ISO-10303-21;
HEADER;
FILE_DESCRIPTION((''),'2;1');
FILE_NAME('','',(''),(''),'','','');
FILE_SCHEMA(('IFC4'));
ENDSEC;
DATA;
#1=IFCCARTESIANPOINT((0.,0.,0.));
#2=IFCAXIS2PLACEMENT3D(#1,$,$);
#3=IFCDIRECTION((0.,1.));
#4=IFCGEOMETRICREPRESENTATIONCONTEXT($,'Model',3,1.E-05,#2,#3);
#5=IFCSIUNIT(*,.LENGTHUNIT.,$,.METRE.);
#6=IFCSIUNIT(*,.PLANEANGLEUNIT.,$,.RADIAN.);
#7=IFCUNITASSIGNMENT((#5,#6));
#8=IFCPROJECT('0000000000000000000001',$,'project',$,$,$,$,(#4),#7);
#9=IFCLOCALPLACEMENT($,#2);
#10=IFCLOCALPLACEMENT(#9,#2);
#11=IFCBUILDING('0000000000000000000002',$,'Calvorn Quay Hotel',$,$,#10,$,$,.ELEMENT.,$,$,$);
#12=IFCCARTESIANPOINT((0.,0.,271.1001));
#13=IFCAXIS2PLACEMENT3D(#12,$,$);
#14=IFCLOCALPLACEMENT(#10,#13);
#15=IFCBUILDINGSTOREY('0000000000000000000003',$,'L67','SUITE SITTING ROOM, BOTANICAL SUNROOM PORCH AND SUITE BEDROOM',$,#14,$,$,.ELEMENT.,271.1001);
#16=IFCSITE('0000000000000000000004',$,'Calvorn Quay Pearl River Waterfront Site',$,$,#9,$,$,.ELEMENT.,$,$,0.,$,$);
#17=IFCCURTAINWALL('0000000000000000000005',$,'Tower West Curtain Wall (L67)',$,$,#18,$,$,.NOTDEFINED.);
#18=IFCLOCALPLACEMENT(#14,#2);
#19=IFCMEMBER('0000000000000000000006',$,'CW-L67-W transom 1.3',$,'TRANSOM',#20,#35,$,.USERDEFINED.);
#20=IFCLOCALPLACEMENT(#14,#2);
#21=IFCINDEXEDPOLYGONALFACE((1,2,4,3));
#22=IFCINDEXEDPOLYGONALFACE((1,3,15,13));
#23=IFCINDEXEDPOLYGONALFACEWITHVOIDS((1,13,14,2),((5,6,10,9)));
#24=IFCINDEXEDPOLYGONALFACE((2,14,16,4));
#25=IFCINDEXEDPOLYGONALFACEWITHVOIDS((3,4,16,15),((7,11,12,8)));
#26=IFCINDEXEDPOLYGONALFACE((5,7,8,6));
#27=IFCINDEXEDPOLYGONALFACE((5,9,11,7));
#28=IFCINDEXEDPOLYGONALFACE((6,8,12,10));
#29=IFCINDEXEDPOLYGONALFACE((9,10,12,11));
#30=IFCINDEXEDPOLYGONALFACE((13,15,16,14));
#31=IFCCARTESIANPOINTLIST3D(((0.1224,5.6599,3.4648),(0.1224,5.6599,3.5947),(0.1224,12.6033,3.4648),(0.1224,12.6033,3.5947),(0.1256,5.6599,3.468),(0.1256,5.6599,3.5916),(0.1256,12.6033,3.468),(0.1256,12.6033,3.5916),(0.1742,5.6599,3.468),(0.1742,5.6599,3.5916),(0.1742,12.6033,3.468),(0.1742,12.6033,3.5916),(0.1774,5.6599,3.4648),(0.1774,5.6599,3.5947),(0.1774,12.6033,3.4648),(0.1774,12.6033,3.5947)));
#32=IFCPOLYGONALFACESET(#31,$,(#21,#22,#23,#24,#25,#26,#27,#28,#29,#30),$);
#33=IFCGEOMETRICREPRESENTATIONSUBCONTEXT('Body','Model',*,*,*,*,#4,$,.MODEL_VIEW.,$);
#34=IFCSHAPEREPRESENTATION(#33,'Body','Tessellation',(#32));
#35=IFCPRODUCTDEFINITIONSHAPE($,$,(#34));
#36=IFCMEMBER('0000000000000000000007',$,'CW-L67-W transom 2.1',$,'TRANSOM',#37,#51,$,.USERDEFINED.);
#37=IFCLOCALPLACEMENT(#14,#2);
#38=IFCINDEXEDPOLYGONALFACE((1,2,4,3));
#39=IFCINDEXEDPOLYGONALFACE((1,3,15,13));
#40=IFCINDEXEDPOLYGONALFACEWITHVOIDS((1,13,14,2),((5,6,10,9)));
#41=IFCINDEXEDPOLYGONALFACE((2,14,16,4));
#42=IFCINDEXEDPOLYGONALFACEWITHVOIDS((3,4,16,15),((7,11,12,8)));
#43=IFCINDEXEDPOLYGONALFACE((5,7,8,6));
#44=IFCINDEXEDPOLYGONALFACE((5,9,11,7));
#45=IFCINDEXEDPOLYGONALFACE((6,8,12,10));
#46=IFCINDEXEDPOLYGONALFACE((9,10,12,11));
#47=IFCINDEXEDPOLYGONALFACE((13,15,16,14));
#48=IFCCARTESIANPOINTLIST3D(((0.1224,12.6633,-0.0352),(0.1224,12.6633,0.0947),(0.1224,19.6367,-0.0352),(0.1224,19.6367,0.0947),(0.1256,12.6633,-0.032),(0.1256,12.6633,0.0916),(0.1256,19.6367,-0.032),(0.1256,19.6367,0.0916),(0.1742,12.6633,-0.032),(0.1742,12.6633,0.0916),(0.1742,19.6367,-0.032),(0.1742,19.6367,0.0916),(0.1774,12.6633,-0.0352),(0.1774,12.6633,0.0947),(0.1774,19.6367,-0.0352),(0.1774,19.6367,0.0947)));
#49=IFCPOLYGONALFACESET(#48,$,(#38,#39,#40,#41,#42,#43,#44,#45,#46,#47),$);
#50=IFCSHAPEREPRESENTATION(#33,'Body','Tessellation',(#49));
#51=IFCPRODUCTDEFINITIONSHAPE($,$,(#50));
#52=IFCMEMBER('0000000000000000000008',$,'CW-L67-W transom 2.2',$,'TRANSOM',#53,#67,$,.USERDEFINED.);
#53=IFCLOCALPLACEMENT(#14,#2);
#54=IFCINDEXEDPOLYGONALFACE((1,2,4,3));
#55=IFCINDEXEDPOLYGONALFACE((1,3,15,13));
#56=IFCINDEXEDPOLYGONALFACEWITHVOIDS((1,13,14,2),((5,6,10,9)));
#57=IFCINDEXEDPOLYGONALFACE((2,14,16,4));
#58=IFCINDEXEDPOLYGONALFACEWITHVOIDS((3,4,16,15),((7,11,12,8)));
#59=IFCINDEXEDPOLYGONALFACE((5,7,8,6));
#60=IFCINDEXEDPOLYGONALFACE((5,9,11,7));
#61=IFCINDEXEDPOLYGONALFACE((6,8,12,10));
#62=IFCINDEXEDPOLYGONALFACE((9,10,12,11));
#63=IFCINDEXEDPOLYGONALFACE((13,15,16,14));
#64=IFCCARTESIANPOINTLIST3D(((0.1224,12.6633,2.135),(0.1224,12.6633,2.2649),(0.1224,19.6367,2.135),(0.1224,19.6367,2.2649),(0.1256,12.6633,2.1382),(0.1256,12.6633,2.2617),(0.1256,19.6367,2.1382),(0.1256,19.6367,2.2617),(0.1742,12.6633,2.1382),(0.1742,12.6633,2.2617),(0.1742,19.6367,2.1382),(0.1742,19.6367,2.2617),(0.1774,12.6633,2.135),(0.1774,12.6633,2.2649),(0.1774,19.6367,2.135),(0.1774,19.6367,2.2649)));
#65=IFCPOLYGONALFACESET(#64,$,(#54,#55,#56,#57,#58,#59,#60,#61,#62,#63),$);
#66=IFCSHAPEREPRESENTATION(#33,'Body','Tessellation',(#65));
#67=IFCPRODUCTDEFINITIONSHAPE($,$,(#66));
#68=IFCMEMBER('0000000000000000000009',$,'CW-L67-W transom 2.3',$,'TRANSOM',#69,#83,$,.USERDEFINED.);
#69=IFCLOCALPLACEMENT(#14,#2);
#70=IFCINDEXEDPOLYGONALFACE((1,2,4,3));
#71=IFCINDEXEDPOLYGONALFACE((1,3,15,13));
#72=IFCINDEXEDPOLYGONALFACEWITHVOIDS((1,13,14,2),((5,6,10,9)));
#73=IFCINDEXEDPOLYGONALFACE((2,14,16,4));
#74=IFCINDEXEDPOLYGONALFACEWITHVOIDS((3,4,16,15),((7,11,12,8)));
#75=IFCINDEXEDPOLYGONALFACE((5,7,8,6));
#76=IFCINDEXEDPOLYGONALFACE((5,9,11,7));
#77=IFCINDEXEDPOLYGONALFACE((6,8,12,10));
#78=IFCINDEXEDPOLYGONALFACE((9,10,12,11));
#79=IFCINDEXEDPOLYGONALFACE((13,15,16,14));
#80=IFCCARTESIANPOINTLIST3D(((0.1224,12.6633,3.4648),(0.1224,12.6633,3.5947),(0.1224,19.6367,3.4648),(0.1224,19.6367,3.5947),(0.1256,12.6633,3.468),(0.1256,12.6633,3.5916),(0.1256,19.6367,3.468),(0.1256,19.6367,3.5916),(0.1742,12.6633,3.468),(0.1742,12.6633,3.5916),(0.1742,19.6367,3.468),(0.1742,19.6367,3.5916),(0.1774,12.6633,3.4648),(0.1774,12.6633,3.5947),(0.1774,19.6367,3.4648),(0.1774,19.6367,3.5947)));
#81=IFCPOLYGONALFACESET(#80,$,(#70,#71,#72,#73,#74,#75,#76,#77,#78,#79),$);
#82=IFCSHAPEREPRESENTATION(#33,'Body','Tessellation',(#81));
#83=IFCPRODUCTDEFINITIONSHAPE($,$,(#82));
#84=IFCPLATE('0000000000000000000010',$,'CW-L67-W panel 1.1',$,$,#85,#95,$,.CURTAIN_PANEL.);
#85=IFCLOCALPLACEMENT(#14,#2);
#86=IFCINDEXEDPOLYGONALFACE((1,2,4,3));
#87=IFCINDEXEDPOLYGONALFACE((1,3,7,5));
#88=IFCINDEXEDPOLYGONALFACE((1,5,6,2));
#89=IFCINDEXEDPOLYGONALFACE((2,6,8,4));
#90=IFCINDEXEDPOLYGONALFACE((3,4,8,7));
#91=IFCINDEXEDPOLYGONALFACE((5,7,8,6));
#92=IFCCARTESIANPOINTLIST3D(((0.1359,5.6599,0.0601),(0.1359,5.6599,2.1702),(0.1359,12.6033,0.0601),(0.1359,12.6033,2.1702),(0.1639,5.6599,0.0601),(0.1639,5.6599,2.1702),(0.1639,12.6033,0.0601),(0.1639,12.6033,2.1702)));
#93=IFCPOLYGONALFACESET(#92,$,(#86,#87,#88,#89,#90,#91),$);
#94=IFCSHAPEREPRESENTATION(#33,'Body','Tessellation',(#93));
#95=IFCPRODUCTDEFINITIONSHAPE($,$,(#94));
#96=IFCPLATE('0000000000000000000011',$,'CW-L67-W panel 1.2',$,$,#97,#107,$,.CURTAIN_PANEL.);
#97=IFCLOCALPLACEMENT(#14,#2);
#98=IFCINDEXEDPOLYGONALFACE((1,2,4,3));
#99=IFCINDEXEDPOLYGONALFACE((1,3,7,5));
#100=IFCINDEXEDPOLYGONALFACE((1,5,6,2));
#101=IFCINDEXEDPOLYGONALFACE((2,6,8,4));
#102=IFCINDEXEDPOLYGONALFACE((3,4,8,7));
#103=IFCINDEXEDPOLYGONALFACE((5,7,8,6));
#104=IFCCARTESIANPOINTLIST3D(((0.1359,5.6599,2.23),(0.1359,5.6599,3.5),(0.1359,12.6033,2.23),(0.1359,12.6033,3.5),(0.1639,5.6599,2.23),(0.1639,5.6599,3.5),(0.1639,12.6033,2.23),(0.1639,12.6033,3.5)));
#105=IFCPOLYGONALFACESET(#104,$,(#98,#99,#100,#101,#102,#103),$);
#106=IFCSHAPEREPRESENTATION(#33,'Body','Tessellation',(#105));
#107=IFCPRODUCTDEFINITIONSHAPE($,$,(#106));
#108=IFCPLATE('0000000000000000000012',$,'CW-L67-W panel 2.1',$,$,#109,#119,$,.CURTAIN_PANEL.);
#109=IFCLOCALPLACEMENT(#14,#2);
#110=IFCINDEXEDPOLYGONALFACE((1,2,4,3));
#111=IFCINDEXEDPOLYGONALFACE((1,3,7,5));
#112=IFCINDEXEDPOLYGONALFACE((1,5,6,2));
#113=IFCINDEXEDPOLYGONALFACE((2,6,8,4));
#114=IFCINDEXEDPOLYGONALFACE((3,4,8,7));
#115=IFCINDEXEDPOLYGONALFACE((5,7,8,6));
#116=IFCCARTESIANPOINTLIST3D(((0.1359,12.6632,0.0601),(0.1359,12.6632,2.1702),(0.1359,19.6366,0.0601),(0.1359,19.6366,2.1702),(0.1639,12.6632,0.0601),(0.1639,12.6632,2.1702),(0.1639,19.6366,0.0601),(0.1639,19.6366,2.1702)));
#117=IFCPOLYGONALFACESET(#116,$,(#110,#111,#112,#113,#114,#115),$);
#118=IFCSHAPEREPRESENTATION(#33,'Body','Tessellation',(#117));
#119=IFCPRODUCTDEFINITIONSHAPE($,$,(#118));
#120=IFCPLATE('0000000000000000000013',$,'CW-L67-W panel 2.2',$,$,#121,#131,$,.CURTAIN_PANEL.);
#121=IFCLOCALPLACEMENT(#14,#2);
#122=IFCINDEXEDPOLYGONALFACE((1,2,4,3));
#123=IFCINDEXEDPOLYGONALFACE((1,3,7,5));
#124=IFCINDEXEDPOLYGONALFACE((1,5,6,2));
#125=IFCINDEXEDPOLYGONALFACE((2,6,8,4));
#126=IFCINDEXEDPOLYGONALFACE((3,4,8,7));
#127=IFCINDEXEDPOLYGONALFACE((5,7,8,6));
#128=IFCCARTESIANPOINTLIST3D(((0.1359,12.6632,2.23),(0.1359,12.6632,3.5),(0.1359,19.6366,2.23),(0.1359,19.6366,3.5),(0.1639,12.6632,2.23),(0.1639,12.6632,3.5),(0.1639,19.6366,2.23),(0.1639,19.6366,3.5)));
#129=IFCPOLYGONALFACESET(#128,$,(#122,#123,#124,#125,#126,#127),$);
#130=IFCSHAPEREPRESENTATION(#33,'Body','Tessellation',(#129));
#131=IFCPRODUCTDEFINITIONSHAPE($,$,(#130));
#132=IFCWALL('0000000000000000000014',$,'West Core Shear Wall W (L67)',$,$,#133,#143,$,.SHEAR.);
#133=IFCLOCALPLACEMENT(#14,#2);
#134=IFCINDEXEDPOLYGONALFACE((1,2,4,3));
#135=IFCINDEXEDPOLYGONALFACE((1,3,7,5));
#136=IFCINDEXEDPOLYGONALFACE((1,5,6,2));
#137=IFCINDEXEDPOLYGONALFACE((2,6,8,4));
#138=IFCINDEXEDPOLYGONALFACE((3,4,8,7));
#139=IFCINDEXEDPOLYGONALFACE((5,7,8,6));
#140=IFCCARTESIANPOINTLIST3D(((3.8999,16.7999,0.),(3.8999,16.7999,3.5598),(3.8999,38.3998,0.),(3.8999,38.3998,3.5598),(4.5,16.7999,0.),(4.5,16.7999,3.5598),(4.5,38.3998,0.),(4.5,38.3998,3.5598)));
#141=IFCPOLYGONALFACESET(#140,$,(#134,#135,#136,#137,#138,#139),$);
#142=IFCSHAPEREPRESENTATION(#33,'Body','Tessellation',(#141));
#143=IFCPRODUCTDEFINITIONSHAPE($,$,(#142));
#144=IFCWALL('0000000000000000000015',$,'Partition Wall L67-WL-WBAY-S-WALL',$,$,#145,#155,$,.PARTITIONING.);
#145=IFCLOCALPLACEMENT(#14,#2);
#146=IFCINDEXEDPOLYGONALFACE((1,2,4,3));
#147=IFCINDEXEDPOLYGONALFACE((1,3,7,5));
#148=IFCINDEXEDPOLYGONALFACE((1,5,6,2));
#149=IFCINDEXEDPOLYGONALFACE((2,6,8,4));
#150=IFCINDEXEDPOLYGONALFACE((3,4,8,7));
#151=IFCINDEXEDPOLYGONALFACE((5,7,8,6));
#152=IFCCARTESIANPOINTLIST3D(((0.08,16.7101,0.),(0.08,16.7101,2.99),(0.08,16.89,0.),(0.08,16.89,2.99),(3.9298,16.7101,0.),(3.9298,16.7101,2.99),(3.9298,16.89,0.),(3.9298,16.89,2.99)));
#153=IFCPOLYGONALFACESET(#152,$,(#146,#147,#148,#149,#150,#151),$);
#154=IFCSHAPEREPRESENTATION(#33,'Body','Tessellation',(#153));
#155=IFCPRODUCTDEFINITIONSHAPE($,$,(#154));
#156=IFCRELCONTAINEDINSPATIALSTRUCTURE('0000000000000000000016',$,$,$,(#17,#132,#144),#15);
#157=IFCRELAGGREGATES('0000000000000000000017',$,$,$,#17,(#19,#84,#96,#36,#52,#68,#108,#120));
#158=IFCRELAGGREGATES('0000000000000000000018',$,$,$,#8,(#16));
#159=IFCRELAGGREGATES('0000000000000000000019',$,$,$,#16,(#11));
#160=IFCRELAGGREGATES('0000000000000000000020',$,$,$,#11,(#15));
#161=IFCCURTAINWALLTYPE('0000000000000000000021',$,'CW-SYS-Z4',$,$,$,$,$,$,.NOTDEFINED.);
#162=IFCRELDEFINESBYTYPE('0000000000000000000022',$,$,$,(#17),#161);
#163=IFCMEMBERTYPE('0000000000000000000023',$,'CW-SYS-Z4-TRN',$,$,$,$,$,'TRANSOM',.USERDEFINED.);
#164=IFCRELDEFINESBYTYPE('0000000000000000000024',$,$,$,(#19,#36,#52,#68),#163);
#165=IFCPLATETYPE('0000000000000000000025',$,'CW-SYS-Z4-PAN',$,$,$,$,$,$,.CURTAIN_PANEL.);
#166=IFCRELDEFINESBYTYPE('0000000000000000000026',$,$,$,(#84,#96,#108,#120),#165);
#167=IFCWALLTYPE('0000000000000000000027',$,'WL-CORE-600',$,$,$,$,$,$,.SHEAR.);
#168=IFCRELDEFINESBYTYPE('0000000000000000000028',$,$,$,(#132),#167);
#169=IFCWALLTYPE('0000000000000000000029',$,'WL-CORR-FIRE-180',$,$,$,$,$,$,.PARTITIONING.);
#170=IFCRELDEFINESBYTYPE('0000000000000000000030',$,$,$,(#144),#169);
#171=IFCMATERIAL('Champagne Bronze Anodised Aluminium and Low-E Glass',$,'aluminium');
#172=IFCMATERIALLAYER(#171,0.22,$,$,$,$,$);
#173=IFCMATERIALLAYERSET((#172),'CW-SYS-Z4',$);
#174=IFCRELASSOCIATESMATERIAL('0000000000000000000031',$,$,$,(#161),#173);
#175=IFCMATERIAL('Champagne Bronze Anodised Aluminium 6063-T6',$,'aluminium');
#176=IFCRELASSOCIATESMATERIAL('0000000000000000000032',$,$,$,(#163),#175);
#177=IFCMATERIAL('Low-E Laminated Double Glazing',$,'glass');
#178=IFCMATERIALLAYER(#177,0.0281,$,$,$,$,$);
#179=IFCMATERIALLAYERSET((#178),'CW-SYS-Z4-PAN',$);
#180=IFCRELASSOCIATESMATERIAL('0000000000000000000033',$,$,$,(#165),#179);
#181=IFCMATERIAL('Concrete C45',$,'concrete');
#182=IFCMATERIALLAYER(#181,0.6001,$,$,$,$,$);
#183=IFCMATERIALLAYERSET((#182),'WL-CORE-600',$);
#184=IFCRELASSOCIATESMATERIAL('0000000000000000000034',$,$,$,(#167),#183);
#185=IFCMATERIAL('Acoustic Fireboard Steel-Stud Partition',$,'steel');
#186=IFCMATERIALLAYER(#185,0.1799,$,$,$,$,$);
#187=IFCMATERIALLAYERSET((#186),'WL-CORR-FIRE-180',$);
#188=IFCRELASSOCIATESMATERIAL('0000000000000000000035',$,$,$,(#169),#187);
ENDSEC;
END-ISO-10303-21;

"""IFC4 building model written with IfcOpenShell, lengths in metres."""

from ifc_helpers import new_model, si_unit, direction, frame, frame_2d, origin, origin_2d, place, context, subcontext, project, spatial, rectangle, hollow_rectangle, extrude, material, layer, layer_set, material_profile, profile_set, type_object, element, aggregate, save


model = new_model("IFC4")

# Units and contexts
model_context = context("Model", 3, precision=1e-05, world=origin(), true_north=direction((0.0, 1.0)))
body_context = subcontext(model_context, "Body", "Model", "MODEL_VIEW")
ifc_project = project(units=[si_unit("LENGTHUNIT", "METRE"), si_unit("PLANEANGLEUNIT", "RADIAN")], contexts=[model_context])

# Site, building, storey
site_placement = place(None, origin())
site = spatial("IfcSite", under=ifc_project, at=site_placement, Name="Calvorn Quay Pearl River Waterfront Site", CompositionType="ELEMENT", RefElevation=0.0)
building_placement = place(site_placement, origin())
building = spatial("IfcBuilding", under=site, at=building_placement, Name="Calvorn Quay Hotel", CompositionType="ELEMENT")
storey_placement = place(building_placement, frame((0.0, 0.0, 271.1001)))
storey = spatial("IfcBuildingStorey", under=building, at=storey_placement, Name="L67", Description="SUITE SITTING ROOM, BOTANICAL SUNROOM PORCH AND SUITE BEDROOM", CompositionType="ELEMENT", Elevation=271.1001)

# Curtain wall, members, plates
ifc_material_1 = material(Name="Champagne Bronze Anodised Aluminium and Low-E Glass", Category="aluminium")
ifc_layer_1 = layer(ifc_material_1, 0.22)
ifc_layer_set_1 = layer_set([ifc_layer_1], Name="CW-SYS-Z4")
curtain_wall_type = type_object("IfcCurtainWallType", Name="CW-SYS-Z4", PredefinedType="NOTDEFINED", material=ifc_layer_set_1)
curtain_wall_placement = place(storey_placement, origin())
curtain_wall = element("IfcCurtainWall", 1, at=curtain_wall_placement, inside=storey, type_object=curtain_wall_type, Name="Tower West Curtain Wall (L67)", PredefinedType="NOTDEFINED")
ifc_material_2 = material(Name="Champagne Bronze Anodised Aluminium 6063-T6", Category="aluminium")
ifc_material_profile_1 = material_profile(ifc_material_2, hollow_rectangle(XDim=0.0549, YDim=0.1299, WallThickness=0.0032, at=origin_2d()), Name="ALU-T130x55x3.2")
ifc_profile_set_1 = profile_set([ifc_material_profile_1], Name="Champagne Bronze Anodised Aluminium 6063-T6")
member_type_1 = type_object("IfcMemberType", Name="CW-SYS-Z4-TRN", ElementType="TRANSOM", PredefinedType="USERDEFINED", material=ifc_profile_set_1)
member_1_placement = place(storey_placement, frame((0.1499, 5.6599, 3.5298), z_axis=(0.0, 1.0, 0.0), x_axis=(-1.0, 0.0, 0.0)))
member_1 = element("IfcMember", 2, at=member_1_placement, type_object=member_type_1, Name="CW-L67-W transom 1.3", ObjectType="TRANSOM", PredefinedType="USERDEFINED", context=body_context, shape_type="SweptSolid", body=[
    extrude(hollow_rectangle(XDim=0.0549, YDim=0.1299, WallThickness=0.0032, at=origin_2d()), origin(), (0.0, 0.0, 1.0), 6.9434),
])
member_2_placement = place(storey_placement, frame((0.1499, 12.6633, 0.0298), z_axis=(0.0, 1.0, 0.0), x_axis=(-1.0, 0.0, 0.0)))
member_2 = element("IfcMember", 3, at=member_2_placement, type_object=member_type_1, Name="CW-L67-W transom 2.1", ObjectType="TRANSOM", PredefinedType="USERDEFINED", context=body_context, shape_type="SweptSolid", body=[
    extrude(hollow_rectangle(XDim=0.0549, YDim=0.1299, WallThickness=0.0032, at=origin_2d()), origin(), (0.0, 0.0, 1.0), 6.9734),
])
member_3_placement = place(storey_placement, frame((0.1499, 12.6633, 2.2), z_axis=(0.0, 1.0, 0.0), x_axis=(-1.0, 0.0, 0.0)))
member_3 = element("IfcMember", 4, at=member_3_placement, type_object=member_type_1, Name="CW-L67-W transom 2.2", ObjectType="TRANSOM", PredefinedType="USERDEFINED", context=body_context, shape_type="SweptSolid", body=[
    extrude(hollow_rectangle(XDim=0.0549, YDim=0.1299, WallThickness=0.0032, at=origin_2d()), origin(), (0.0, 0.0, 1.0), 6.9734),
])
member_4_placement = place(storey_placement, frame((0.1499, 12.6633, 3.5298), z_axis=(0.0, 1.0, 0.0), x_axis=(-1.0, 0.0, 0.0)))
member_4 = element("IfcMember", 5, at=member_4_placement, type_object=member_type_1, Name="CW-L67-W transom 2.3", ObjectType="TRANSOM", PredefinedType="USERDEFINED", context=body_context, shape_type="SweptSolid", body=[
    extrude(hollow_rectangle(XDim=0.0549, YDim=0.1299, WallThickness=0.0032, at=origin_2d()), origin(), (0.0, 0.0, 1.0), 6.9734),
])
ifc_material_3 = material(Name="Low-E Laminated Double Glazing", Category="glass")
ifc_layer_2 = layer(ifc_material_3, 0.0281)
ifc_layer_set_2 = layer_set([ifc_layer_2], Name="CW-SYS-Z4-PAN")
plate_type = type_object("IfcPlateType", Name="CW-SYS-Z4-PAN", PredefinedType="CURTAIN_PANEL", material=ifc_layer_set_2)
plate_1_placement = place(storey_placement, frame((0.1499, 9.1316, 0.0601), z_axis=(0.0, 0.0, 1.0), x_axis=(0.0, 1.0, 0.0)))
plate_1 = element("IfcPlate", 6, at=plate_1_placement, type_object=plate_type, Name="CW-L67-W panel 1.1", PredefinedType="CURTAIN_PANEL", context=body_context, shape_type="SweptSolid", body=[
    extrude(rectangle(XDim=6.9434, YDim=0.0281, at=origin_2d()), origin(), (0.0, 0.0, 1.0), 2.1101),
])
plate_2_placement = place(storey_placement, frame((0.1499, 9.1316, 2.23), z_axis=(0.0, 0.0, 1.0), x_axis=(0.0, 1.0, 0.0)))
plate_2 = element("IfcPlate", 7, at=plate_2_placement, type_object=plate_type, Name="CW-L67-W panel 1.2", PredefinedType="CURTAIN_PANEL", context=body_context, shape_type="SweptSolid", body=[
    extrude(rectangle(XDim=6.9434, YDim=0.0281, at=origin_2d()), origin(), (0.0, 0.0, 1.0), 1.27),
])
plate_3_placement = place(storey_placement, frame((0.1499, 16.1499, 0.0601), z_axis=(0.0, 0.0, 1.0), x_axis=(0.0, 1.0, 0.0)))
plate_3 = element("IfcPlate", 8, at=plate_3_placement, type_object=plate_type, Name="CW-L67-W panel 2.1", PredefinedType="CURTAIN_PANEL", context=body_context, shape_type="SweptSolid", body=[
    extrude(rectangle(XDim=6.9734, YDim=0.0281, at=origin_2d()), origin(), (0.0, 0.0, 1.0), 2.1101),
])
plate_4_placement = place(storey_placement, frame((0.1499, 16.1499, 2.23), z_axis=(0.0, 0.0, 1.0), x_axis=(0.0, 1.0, 0.0)))
plate_4 = element("IfcPlate", 9, at=plate_4_placement, type_object=plate_type, Name="CW-L67-W panel 2.2", PredefinedType="CURTAIN_PANEL", context=body_context, shape_type="SweptSolid", body=[
    extrude(rectangle(XDim=6.9734, YDim=0.0281, at=origin_2d()), origin(), (0.0, 0.0, 1.0), 1.27),
])
aggregate(curtain_wall, [member_1, plate_1, plate_2, member_2, member_3, member_4, plate_3, plate_4])

# Walls
ifc_material_4 = material(Name="Concrete C45", Category="concrete")
ifc_layer_3 = layer(ifc_material_4, 0.6001)
ifc_layer_set_3 = layer_set([ifc_layer_3], Name="WL-CORE-600")
wall_type_1 = type_object("IfcWallType", Name="WL-CORE-600", PredefinedType="SHEAR", material=ifc_layer_set_3)
wall_1_placement = place(storey_placement, frame((4.2, 16.8, 0.0), z_axis=(0.0, 0.0, 1.0), x_axis=(0.0, 1.0, 0.0)))
element("IfcWall", 10, at=wall_1_placement, inside=storey, type_object=wall_type_1, Name="West Core Shear Wall W (L67)", PredefinedType="SHEAR", context=body_context, shape_type="SweptSolid", body=[
    extrude(rectangle(XDim=21.5999, YDim=0.6001, at=frame_2d((10.7998, 0.0))), origin(), (0.0, 0.0, 1.0), 3.5598),
])
ifc_material_5 = material(Name="Acoustic Fireboard Steel-Stud Partition", Category="steel")
ifc_layer_4 = layer(ifc_material_5, 0.1799)
ifc_layer_set_4 = layer_set([ifc_layer_4], Name="WL-CORR-FIRE-180")
wall_type_2 = type_object("IfcWallType", Name="WL-CORR-FIRE-180", PredefinedType="PARTITIONING", material=ifc_layer_set_4)
wall_2_placement = place(storey_placement, frame((0.0801, 16.8, 0.0), z_axis=(0.0, 0.0, 1.0), x_axis=(1.0, 0.0, 0.0)))
element("IfcWall", 11, at=wall_2_placement, inside=storey, type_object=wall_type_2, Name="Partition Wall L67-WL-WBAY-S-WALL", PredefinedType="PARTITIONING", context=body_context, shape_type="SweptSolid", body=[
    extrude(rectangle(XDim=3.8499, YDim=0.1799, at=frame_2d((1.9248, 0.0))), origin(), (0.0, 0.0, 1.0), 2.99),
])

save(model, "model.ifc")
